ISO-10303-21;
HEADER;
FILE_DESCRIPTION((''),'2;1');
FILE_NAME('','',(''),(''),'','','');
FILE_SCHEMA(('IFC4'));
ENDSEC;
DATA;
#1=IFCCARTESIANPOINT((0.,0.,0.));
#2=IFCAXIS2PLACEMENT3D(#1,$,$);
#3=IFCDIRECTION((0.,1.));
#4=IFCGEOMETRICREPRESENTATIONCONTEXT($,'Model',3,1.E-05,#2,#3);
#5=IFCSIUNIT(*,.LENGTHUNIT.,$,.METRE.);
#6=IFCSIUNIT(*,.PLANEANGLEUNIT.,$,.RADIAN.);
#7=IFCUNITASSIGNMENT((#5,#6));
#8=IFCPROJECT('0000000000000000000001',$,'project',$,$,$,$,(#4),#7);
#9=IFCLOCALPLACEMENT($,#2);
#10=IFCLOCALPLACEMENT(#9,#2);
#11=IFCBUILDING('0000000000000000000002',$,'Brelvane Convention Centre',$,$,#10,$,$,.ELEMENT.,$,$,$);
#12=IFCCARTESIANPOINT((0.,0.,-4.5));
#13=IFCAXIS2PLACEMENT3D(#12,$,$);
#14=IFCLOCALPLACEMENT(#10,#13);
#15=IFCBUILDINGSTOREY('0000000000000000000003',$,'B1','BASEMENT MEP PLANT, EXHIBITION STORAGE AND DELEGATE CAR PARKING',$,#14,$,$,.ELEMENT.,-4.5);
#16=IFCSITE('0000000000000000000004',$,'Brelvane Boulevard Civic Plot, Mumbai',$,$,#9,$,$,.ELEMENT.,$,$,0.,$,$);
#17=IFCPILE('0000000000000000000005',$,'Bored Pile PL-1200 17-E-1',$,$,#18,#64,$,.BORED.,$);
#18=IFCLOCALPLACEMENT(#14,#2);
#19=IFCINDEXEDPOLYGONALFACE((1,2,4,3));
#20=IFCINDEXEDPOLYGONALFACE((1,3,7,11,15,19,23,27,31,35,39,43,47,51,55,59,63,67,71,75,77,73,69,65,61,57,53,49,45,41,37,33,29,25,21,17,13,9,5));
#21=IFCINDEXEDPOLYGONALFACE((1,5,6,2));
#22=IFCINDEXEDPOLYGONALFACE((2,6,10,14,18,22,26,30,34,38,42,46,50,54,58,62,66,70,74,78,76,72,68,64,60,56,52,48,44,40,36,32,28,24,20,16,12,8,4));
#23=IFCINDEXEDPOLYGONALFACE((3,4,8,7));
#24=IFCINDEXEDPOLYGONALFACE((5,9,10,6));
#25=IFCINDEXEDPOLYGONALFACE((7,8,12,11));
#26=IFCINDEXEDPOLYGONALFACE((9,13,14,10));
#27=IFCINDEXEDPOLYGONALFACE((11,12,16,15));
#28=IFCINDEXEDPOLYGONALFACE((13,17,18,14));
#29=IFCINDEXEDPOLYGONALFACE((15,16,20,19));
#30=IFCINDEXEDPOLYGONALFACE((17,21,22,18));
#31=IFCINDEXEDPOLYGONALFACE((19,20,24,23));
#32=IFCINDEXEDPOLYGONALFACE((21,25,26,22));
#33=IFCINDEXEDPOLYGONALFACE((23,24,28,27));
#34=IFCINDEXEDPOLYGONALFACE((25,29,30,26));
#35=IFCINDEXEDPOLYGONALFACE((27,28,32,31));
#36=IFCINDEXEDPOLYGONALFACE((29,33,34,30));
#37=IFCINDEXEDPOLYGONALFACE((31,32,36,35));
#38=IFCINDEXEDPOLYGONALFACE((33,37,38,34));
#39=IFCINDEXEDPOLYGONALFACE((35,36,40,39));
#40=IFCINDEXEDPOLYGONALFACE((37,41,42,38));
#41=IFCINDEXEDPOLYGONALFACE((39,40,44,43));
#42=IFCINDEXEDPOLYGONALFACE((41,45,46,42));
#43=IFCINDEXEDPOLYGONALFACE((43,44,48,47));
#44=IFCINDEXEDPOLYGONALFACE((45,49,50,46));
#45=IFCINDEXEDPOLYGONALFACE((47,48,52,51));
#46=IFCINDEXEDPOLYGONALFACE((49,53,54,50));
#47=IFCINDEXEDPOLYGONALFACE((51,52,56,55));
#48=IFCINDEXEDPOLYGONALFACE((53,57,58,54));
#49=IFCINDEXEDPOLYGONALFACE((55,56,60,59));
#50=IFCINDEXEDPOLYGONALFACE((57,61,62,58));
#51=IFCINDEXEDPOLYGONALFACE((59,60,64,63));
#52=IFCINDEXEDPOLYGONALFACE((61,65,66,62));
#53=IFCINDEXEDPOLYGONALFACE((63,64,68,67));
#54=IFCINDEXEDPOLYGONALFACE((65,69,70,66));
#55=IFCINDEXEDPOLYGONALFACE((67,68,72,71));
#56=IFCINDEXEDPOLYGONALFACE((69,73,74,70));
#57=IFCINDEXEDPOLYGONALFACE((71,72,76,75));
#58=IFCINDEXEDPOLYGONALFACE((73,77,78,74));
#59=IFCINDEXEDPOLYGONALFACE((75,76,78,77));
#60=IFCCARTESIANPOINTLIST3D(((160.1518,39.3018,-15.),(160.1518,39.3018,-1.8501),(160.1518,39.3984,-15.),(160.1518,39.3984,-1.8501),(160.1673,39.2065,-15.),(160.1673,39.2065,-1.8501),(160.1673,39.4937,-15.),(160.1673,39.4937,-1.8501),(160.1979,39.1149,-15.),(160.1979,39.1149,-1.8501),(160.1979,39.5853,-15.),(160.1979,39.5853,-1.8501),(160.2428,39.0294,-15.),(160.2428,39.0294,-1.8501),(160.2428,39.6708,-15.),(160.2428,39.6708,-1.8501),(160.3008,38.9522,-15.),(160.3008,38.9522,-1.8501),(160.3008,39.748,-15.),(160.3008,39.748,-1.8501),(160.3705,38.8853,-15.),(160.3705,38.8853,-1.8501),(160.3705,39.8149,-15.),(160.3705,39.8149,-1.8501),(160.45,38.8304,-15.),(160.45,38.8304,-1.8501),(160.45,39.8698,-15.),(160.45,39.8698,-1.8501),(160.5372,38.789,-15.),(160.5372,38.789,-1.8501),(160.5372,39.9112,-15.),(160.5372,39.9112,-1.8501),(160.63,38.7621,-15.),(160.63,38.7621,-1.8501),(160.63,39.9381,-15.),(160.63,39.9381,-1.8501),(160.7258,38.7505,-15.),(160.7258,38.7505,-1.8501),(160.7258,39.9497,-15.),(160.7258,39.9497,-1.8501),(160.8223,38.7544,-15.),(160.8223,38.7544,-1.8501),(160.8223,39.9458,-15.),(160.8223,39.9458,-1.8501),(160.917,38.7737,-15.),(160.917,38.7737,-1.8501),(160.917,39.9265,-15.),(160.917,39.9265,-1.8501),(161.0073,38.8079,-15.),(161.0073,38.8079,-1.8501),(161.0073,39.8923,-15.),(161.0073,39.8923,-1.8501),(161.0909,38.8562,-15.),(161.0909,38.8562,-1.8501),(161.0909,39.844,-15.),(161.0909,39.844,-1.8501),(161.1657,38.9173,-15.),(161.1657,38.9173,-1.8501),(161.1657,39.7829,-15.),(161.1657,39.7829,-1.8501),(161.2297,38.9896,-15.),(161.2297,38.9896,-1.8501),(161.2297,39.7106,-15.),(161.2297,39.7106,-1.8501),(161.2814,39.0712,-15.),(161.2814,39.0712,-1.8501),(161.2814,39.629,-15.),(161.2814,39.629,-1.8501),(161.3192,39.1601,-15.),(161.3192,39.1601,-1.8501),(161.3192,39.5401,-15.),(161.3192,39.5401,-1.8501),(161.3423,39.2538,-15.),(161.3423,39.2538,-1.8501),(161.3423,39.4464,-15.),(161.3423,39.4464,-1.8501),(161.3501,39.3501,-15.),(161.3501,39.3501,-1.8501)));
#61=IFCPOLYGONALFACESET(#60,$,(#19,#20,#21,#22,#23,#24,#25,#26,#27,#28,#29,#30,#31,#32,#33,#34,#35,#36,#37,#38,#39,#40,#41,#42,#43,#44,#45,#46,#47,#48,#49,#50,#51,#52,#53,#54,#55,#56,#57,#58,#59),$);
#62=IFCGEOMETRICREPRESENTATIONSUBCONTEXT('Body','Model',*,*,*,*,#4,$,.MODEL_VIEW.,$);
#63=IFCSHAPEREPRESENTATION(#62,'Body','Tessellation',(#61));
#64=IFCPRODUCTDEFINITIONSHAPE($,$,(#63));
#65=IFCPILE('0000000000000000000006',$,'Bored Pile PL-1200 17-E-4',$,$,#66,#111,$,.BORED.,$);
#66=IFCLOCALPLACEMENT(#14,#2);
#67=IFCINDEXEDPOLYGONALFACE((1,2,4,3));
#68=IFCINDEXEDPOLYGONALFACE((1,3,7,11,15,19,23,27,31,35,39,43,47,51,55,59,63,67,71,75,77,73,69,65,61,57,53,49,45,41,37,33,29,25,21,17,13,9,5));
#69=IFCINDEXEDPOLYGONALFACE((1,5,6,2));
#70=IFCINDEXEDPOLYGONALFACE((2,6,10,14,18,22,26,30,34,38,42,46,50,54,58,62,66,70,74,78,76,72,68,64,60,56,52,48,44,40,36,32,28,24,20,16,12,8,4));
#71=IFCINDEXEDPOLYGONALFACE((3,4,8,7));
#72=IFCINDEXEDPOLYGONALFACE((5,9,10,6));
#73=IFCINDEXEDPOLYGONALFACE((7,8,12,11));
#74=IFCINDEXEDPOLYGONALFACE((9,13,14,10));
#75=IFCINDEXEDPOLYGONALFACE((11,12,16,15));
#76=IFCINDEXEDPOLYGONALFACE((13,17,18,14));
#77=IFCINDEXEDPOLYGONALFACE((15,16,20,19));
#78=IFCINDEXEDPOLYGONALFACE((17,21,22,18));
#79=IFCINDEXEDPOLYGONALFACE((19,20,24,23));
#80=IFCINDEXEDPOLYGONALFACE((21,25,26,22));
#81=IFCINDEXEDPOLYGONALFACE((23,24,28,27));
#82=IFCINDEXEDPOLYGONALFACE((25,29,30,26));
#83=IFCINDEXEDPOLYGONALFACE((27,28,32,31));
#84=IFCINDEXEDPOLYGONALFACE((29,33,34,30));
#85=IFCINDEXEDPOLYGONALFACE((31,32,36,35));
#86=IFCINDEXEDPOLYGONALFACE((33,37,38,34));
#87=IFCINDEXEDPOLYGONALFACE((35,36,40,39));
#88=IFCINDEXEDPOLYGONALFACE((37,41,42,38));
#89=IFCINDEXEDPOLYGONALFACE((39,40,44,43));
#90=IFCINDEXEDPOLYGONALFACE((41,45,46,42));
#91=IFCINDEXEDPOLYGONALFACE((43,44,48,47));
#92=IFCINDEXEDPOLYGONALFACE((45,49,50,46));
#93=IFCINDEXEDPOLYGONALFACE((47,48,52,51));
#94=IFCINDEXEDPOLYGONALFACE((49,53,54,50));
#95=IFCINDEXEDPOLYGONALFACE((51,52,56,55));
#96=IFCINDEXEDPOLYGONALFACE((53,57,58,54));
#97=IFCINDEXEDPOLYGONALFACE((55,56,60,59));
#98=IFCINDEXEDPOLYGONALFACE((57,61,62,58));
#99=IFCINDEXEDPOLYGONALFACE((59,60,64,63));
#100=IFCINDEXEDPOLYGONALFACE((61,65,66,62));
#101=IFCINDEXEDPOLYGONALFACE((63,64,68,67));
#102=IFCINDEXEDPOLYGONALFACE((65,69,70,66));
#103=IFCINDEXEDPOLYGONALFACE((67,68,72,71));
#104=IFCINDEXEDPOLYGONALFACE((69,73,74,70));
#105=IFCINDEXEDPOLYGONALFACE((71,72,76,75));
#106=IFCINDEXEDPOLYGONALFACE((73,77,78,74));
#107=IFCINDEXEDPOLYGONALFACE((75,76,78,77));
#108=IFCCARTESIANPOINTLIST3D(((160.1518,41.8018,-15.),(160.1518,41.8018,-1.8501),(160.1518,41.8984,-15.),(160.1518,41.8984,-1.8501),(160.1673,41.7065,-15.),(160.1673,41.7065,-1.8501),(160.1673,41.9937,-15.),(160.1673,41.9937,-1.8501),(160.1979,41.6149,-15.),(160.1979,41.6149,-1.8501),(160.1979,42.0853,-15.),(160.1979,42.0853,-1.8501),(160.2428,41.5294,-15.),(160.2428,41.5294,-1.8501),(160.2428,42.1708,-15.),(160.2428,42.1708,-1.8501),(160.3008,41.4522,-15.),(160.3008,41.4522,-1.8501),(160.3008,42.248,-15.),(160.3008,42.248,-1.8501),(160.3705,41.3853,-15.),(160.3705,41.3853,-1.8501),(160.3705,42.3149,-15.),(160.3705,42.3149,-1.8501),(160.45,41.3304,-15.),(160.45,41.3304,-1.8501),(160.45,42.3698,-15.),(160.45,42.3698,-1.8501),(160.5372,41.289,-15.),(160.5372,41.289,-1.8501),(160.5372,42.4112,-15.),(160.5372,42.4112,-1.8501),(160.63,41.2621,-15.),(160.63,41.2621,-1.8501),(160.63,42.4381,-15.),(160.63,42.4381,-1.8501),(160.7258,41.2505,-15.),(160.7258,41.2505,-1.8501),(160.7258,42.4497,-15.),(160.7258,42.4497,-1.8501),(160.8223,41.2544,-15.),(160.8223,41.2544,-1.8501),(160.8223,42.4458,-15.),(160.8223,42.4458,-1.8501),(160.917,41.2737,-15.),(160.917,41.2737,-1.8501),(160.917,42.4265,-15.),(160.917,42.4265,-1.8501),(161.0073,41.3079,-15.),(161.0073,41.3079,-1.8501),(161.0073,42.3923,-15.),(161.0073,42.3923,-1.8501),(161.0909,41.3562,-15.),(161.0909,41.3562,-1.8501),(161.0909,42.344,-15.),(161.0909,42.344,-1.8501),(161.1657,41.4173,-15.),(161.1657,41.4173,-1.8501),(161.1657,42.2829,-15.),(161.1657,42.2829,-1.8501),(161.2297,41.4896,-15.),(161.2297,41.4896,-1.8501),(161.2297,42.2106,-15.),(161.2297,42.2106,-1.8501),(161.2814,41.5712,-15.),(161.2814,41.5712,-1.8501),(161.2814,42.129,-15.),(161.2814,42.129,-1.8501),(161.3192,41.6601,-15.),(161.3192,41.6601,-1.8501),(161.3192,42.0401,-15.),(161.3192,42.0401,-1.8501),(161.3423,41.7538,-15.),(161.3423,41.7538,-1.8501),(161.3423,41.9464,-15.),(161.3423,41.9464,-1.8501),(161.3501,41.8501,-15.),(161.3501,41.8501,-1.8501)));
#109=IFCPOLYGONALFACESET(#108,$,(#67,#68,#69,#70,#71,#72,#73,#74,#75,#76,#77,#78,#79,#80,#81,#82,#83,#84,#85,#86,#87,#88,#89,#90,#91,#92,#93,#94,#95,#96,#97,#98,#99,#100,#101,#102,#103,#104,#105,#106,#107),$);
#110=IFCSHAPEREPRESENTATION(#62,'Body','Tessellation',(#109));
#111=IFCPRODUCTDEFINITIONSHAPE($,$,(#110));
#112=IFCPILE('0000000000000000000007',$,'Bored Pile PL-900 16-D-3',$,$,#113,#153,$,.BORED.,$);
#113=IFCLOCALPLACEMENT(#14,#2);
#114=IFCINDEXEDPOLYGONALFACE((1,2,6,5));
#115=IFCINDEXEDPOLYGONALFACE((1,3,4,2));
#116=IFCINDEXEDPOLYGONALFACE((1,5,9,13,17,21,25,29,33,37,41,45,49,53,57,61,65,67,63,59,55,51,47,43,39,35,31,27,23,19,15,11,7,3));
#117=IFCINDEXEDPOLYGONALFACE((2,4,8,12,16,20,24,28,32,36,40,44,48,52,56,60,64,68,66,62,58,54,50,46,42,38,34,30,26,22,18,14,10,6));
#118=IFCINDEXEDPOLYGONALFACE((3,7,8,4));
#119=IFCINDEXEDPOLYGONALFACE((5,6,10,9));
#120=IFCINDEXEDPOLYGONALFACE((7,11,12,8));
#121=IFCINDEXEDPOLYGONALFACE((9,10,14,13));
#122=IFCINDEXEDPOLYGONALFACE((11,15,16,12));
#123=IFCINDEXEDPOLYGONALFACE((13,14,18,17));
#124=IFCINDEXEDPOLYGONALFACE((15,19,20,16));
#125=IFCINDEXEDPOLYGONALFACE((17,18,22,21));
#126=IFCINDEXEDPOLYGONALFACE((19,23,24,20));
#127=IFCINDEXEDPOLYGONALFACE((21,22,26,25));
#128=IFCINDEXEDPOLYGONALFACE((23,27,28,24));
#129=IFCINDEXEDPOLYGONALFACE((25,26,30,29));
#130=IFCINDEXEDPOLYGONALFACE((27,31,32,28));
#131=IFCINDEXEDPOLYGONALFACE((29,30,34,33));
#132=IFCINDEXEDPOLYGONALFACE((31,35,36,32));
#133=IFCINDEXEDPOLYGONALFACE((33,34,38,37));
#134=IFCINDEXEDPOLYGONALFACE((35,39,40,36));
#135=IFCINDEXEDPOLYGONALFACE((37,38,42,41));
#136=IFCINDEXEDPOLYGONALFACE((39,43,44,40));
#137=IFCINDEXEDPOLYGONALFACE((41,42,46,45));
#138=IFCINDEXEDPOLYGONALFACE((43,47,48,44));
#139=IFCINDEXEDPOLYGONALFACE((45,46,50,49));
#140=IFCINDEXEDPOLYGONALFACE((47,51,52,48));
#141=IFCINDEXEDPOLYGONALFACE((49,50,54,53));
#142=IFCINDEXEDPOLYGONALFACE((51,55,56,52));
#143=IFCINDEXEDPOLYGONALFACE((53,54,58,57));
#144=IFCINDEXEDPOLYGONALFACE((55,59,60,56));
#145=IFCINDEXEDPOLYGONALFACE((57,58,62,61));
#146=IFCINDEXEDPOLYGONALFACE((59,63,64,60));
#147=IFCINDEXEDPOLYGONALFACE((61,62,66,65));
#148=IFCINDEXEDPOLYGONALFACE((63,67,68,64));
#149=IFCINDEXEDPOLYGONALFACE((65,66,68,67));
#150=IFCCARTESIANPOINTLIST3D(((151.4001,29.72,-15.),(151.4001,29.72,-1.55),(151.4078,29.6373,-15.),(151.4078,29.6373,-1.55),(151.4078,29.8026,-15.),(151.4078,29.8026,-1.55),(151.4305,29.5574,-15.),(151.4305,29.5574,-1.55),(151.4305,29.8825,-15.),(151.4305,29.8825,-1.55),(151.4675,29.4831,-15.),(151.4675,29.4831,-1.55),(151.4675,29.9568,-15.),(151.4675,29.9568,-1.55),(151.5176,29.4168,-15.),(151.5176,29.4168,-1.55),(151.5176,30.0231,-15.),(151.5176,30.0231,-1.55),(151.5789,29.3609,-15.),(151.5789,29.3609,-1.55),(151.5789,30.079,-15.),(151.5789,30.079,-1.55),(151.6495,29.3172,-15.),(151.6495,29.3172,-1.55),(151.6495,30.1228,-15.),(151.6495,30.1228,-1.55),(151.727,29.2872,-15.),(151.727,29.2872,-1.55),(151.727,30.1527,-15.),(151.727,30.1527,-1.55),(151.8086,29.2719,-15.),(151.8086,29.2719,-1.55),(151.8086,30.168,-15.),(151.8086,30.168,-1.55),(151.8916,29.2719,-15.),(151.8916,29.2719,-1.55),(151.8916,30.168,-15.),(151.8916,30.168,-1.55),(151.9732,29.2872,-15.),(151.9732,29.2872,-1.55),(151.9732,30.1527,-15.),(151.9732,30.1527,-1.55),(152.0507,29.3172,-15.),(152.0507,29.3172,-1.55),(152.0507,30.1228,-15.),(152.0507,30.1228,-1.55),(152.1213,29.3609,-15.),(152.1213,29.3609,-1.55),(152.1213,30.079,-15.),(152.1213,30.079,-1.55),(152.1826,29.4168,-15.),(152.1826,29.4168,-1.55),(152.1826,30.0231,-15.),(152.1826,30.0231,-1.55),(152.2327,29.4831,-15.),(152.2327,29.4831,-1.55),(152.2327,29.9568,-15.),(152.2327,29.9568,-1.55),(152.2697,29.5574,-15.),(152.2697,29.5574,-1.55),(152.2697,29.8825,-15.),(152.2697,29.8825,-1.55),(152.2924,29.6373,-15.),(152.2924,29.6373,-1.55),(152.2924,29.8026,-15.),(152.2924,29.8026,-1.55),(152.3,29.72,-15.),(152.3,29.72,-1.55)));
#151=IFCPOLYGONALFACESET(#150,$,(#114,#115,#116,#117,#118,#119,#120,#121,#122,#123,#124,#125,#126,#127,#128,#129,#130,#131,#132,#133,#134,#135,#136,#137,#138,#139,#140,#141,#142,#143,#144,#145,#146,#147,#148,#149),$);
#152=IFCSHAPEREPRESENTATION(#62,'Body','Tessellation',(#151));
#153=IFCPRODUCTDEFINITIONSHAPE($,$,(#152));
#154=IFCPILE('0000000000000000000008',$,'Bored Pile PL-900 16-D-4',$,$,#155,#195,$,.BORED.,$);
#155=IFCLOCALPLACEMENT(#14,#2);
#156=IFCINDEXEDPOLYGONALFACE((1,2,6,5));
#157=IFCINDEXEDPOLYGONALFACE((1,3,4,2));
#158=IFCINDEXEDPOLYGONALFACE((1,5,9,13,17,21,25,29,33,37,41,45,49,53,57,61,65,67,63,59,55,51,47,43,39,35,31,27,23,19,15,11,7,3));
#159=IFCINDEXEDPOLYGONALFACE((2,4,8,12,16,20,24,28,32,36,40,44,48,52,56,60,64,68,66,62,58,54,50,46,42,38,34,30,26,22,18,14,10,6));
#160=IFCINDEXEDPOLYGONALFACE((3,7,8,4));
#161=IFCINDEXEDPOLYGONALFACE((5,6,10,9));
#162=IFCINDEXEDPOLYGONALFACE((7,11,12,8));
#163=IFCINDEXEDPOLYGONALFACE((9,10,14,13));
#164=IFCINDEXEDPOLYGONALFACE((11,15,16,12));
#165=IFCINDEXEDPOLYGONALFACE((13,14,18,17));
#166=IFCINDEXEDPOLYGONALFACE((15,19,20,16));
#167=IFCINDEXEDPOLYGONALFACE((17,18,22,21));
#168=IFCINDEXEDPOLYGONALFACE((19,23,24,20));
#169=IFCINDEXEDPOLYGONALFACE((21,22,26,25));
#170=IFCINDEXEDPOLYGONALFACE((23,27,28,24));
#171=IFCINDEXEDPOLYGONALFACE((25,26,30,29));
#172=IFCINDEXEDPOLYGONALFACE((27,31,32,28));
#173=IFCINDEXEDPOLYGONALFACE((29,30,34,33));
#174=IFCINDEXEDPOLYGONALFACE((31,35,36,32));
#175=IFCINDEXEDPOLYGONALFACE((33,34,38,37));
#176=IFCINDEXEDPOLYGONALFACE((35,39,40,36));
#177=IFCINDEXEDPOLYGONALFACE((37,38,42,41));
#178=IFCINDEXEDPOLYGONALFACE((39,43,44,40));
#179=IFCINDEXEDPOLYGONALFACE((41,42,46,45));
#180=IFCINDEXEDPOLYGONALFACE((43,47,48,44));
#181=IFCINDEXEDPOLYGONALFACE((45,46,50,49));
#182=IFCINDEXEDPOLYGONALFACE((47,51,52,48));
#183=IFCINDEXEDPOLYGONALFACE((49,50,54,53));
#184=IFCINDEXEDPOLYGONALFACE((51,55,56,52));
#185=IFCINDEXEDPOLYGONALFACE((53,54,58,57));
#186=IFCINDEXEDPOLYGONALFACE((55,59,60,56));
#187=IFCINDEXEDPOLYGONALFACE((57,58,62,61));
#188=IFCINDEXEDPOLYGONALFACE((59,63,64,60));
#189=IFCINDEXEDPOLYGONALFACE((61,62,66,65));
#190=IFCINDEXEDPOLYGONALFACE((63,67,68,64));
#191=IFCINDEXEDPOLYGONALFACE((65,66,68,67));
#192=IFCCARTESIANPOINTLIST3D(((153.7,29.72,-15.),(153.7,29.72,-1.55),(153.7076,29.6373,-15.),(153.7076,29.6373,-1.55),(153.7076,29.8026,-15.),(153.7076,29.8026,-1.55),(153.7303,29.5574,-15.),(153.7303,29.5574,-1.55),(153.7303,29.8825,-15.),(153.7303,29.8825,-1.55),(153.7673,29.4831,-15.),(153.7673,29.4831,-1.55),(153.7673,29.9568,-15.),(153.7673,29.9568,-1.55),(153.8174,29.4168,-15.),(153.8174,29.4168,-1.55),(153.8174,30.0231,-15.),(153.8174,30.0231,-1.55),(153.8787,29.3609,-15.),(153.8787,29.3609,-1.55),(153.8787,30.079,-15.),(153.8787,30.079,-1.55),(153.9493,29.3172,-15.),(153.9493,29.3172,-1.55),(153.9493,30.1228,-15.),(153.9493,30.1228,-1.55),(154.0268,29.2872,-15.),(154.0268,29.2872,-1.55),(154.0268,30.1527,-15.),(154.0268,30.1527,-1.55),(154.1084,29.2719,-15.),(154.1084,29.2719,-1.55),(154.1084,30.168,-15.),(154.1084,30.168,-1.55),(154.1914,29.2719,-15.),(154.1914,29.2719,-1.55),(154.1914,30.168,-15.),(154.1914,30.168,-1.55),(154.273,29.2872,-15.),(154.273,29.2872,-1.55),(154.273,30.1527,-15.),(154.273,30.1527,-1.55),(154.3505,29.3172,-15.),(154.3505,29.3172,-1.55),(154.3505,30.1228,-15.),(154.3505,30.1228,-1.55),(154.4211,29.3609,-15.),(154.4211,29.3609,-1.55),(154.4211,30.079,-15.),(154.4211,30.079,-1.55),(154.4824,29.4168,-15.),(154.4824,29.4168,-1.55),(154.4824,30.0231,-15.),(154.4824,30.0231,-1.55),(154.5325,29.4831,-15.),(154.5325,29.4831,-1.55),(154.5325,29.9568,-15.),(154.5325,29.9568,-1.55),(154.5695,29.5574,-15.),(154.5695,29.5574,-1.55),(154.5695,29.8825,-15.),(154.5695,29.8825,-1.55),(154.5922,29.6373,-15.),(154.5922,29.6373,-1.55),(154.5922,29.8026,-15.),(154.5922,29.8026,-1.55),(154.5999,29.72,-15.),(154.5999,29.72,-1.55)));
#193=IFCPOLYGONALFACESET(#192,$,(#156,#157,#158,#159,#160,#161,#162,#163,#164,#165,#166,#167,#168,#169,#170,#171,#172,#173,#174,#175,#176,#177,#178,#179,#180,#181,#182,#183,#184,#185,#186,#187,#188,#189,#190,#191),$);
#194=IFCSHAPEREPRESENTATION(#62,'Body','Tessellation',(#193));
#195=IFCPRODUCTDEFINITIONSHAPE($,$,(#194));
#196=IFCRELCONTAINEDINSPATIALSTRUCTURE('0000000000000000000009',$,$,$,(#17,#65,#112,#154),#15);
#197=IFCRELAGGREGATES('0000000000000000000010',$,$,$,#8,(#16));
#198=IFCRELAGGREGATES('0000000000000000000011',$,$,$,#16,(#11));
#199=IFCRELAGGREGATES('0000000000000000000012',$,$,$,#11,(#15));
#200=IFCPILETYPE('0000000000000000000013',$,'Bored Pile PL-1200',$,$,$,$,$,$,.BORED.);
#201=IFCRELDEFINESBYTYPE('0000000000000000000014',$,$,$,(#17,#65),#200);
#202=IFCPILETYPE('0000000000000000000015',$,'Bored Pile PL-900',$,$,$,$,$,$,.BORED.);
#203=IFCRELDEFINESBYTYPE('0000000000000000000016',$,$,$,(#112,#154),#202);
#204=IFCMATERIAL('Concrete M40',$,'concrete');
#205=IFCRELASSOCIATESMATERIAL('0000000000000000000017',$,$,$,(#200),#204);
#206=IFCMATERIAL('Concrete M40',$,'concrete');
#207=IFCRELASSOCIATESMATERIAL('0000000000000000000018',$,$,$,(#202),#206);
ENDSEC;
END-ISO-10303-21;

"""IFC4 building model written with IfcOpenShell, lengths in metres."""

from ifc_helpers import new_model, si_unit, direction, frame, origin, origin_2d, place, context, subcontext, project, spatial, circle, extrude, material, material_profile, profile_set, type_object, element, save


model = new_model("IFC4")

# Units and contexts
model_context = context("Model", 3, precision=1e-05, world=origin(), true_north=direction((0.0, 1.0)))
body_context = subcontext(model_context, "Body", "Model", "MODEL_VIEW")
ifc_project = project(units=[si_unit("LENGTHUNIT", "METRE"), si_unit("PLANEANGLEUNIT", "RADIAN")], contexts=[model_context])

# Site, building, storey
site_placement = place(None, origin())
site = spatial("IfcSite", under=ifc_project, at=site_placement, Name="Brelvane Boulevard Civic Plot, Mumbai", CompositionType="ELEMENT", RefElevation=0.0)
building_placement = place(site_placement, origin())
building = spatial("IfcBuilding", under=site, at=building_placement, Name="Brelvane Convention Centre", CompositionType="ELEMENT")
storey_placement = place(building_placement, frame((0.0, 0.0, -4.5)))
storey = spatial("IfcBuildingStorey", under=building, at=storey_placement, Name="B1", Description="BASEMENT MEP PLANT, EXHIBITION STORAGE AND DELEGATE CAR PARKING", CompositionType="ELEMENT", Elevation=-4.5)

# Piles
ifc_material_1 = material(Name="Concrete M40", Category="concrete")
ifc_material_profile_1 = material_profile(ifc_material_1, circle(Radius=0.6001, at=origin_2d()), Name="PILE D1200")
ifc_profile_set_1 = profile_set([ifc_material_profile_1], Name="Concrete M40")
pile_type_1 = type_object("IfcPileType", Name="Bored Pile PL-1200", PredefinedType="BORED", material=ifc_profile_set_1)
for number, where, z_axis, x_axis, name in (
    (1, (160.75, 39.3501, -1.8501), (0.0, 0.0, -1.0), (1.0, 0.0, 0.0), "Bored Pile PL-1200 17-E-1"),
    (2, (160.75, 41.8501, -1.8501), (0.0, 0.0, -1.0), (1.0, 0.0, 0.0), "Bored Pile PL-1200 17-E-4"),
):
    element("IfcPile", number, at=place(storey_placement, frame(where, z_axis=z_axis, x_axis=x_axis)), inside=storey, type_object=pile_type_1, Name=name, PredefinedType="BORED", context=body_context, shape_type="SweptSolid", body=[
        extrude(circle(Radius=0.6001, at=origin_2d()), origin(), (0.0, 0.0, 1.0), 13.1499),
    ])
ifc_material_2 = material(Name="Concrete M40", Category="concrete")
ifc_material_profile_2 = material_profile(ifc_material_2, circle(Radius=0.45, at=origin_2d()), Name="PILE D900")
ifc_profile_set_2 = profile_set([ifc_material_profile_2], Name="Concrete M40")
pile_type_2 = type_object("IfcPileType", Name="Bored Pile PL-900", PredefinedType="BORED", material=ifc_profile_set_2)
for number, where, z_axis, x_axis, name in (
    (3, (151.8501, 29.72, -1.55), (0.0, 0.0, -1.0), (1.0, 0.0, 0.0), "Bored Pile PL-900 16-D-3"),
    (4, (154.1499, 29.72, -1.55), (0.0, 0.0, -1.0), (1.0, 0.0, 0.0), "Bored Pile PL-900 16-D-4"),
):
    element("IfcPile", number, at=place(storey_placement, frame(where, z_axis=z_axis, x_axis=x_axis)), inside=storey, type_object=pile_type_2, Name=name, PredefinedType="BORED", context=body_context, shape_type="SweptSolid", body=[
        extrude(circle(Radius=0.45, at=origin_2d()), origin(), (0.0, 0.0, 1.0), 13.45),
    ])

save(model, "model.ifc")
